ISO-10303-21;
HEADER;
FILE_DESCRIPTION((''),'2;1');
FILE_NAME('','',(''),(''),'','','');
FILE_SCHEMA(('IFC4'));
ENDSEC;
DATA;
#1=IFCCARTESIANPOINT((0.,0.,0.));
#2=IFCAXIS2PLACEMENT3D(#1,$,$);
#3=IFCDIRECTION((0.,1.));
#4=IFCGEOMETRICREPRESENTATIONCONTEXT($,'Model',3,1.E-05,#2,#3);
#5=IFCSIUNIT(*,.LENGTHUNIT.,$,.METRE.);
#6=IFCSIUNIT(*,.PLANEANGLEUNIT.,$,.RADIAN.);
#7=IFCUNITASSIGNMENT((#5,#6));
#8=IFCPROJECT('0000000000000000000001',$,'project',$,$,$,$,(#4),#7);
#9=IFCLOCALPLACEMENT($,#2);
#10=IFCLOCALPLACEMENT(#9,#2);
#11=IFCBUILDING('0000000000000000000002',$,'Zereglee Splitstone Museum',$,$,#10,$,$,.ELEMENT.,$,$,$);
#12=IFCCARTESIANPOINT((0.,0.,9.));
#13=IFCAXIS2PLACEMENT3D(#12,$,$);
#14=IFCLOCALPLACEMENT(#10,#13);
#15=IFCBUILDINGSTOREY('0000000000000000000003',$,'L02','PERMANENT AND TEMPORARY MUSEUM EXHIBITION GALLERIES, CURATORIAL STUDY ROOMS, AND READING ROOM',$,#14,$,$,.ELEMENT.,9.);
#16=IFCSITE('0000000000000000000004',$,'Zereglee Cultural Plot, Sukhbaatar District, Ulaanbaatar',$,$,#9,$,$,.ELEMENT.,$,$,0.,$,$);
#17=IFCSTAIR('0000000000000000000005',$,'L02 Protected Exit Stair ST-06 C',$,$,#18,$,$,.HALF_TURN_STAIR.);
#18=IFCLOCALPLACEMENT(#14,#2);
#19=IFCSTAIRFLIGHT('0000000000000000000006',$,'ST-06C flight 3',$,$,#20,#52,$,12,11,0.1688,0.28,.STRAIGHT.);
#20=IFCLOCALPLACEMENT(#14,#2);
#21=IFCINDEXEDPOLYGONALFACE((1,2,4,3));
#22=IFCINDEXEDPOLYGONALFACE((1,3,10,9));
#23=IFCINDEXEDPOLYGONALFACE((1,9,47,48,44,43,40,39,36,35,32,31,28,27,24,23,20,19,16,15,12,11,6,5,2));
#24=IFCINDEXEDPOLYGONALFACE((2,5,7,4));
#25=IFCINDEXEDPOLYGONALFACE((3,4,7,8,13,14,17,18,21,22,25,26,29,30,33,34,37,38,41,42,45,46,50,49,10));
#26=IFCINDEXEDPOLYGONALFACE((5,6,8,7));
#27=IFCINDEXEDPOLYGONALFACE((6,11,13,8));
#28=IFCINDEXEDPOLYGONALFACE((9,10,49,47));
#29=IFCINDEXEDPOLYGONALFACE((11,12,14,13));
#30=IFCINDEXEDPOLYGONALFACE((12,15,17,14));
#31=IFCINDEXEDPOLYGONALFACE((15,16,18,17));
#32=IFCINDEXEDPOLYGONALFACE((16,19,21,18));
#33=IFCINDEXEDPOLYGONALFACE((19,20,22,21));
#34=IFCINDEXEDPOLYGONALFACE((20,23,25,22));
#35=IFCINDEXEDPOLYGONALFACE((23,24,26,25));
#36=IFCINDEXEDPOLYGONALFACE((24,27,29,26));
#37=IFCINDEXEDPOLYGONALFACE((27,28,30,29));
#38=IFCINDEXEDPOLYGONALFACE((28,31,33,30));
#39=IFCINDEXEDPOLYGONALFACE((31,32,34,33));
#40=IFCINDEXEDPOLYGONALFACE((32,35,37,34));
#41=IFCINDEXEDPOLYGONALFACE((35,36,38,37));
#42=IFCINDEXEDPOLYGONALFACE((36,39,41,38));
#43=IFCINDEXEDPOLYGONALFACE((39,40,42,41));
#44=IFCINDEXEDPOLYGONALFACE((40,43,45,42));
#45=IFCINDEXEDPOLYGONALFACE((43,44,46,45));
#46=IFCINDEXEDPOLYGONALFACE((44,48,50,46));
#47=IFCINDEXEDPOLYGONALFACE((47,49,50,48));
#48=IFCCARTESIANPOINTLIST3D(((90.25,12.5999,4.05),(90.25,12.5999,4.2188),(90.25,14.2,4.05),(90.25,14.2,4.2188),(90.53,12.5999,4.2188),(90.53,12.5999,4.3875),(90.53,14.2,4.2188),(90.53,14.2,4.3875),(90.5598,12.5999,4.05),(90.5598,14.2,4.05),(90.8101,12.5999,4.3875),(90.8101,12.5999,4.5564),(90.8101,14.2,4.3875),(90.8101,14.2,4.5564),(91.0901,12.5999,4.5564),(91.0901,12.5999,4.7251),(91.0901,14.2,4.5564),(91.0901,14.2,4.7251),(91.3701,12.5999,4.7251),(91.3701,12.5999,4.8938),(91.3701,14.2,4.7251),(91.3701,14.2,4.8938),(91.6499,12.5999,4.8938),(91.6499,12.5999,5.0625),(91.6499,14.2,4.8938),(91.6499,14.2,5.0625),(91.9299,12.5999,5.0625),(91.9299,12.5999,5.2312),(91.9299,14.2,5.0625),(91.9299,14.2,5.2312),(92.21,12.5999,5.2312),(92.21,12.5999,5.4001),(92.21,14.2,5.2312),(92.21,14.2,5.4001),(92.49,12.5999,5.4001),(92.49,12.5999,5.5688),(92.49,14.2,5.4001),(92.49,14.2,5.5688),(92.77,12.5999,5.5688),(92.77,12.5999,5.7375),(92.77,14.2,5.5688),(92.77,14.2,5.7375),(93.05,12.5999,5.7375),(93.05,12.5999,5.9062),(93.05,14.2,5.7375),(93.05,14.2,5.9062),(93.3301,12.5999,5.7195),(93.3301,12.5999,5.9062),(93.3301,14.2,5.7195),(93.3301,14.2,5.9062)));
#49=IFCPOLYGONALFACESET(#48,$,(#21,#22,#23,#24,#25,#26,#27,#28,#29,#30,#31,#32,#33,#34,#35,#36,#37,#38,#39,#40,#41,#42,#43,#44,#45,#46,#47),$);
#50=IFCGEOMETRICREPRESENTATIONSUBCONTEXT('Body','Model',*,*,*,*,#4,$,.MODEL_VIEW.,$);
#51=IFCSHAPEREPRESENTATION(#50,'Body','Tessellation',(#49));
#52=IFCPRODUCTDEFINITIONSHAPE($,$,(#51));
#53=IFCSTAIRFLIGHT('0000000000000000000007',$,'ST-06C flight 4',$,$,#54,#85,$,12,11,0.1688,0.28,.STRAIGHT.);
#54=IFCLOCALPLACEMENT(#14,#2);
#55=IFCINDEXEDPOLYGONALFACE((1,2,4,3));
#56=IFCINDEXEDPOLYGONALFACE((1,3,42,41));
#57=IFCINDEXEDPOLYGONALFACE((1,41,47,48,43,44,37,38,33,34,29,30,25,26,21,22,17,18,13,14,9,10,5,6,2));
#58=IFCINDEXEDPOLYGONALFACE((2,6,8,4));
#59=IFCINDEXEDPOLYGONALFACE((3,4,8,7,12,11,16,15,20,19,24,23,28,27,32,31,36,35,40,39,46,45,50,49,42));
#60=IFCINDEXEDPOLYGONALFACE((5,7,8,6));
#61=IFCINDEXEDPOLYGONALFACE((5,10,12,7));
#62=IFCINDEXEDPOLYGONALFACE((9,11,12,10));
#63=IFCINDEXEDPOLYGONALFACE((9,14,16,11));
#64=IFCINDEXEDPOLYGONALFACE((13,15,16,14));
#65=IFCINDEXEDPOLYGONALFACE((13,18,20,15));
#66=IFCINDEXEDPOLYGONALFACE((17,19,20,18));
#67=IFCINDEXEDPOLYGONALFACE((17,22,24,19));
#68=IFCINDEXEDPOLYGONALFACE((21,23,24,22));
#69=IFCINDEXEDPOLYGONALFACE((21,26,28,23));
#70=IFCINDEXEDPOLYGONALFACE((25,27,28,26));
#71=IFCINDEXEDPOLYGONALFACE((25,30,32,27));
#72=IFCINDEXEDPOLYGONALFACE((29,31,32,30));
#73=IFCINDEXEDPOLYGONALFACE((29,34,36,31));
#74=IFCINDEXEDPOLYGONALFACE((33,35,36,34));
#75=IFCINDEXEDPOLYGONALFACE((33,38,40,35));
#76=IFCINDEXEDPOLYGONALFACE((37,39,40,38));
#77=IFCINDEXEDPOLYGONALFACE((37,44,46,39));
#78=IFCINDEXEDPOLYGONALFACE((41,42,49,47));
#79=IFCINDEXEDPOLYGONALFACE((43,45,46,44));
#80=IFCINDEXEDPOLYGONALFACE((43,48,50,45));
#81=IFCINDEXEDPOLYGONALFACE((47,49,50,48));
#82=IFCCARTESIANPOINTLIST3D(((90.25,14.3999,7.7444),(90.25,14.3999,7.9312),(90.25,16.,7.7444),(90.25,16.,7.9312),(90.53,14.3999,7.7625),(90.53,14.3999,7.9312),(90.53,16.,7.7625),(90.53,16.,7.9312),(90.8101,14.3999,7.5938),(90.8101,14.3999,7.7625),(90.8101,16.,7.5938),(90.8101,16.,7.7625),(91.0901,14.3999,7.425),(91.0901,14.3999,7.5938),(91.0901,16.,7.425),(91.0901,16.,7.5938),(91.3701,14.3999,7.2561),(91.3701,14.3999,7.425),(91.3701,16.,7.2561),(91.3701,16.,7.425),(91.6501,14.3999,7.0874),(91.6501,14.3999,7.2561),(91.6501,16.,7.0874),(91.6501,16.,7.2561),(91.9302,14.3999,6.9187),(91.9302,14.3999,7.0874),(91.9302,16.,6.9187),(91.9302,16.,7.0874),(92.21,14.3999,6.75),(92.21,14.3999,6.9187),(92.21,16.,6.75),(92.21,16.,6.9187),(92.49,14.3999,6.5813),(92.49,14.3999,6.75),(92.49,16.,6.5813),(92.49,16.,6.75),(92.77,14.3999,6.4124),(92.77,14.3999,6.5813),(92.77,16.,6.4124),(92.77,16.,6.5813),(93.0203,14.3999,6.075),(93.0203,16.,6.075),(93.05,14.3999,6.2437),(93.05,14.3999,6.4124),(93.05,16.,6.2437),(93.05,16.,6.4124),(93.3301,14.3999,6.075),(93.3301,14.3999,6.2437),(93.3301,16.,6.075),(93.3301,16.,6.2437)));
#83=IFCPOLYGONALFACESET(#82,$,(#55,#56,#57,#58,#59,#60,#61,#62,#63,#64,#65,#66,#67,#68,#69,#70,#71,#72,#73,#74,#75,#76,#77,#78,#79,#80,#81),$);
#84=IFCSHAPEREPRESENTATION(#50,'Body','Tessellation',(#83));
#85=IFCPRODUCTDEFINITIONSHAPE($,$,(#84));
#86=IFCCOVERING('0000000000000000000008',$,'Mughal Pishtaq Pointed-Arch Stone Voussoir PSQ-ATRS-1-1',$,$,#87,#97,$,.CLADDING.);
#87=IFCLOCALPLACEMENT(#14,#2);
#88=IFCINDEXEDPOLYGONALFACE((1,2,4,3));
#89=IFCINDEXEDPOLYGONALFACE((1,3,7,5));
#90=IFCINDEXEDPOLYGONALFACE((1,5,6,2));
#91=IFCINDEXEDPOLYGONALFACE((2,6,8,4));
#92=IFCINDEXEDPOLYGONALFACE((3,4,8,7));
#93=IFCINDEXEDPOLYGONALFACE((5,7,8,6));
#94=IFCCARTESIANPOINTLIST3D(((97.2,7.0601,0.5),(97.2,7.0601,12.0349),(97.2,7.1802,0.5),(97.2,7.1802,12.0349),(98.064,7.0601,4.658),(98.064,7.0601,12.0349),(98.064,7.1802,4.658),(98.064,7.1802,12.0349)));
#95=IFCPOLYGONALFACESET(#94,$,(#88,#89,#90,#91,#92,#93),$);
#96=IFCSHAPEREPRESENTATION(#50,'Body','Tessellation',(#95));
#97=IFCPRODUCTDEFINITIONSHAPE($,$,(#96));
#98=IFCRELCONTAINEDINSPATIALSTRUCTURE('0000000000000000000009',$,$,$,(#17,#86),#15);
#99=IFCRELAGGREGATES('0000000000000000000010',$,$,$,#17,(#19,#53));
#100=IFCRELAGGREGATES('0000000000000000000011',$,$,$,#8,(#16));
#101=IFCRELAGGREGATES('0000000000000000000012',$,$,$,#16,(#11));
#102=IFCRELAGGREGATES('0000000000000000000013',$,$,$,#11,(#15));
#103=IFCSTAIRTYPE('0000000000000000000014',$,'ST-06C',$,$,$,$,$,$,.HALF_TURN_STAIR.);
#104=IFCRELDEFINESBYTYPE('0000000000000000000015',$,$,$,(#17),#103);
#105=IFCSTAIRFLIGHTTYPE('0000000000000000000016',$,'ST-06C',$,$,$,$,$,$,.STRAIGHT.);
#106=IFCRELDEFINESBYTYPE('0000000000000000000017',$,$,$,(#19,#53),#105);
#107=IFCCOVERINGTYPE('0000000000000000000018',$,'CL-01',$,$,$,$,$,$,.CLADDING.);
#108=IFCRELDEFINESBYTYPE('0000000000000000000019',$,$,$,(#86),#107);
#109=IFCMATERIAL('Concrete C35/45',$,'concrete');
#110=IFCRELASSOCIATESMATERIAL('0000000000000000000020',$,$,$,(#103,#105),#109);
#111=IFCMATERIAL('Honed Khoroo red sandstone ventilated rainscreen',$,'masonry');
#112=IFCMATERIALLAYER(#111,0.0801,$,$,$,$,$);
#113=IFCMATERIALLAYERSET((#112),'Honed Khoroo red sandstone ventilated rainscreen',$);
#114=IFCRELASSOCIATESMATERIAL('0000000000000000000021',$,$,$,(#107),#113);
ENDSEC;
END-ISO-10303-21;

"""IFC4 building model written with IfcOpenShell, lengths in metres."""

from ifc_helpers import new_model, si_unit, direction, frame, origin, place, context, subcontext, project, spatial, polyline, outline, extrude, material, layer, layer_set, type_object, element, aggregate, save


model = new_model("IFC4")

# Units and contexts
model_context = context("Model", 3, precision=1e-05, world=origin(), true_north=direction((0.0, 1.0)))
body_context = subcontext(model_context, "Body", "Model", "MODEL_VIEW")
ifc_project = project(units=[si_unit("LENGTHUNIT", "METRE"), si_unit("PLANEANGLEUNIT", "RADIAN")], contexts=[model_context])

# Site, building, storey
site_placement = place(None, origin())
site = spatial("IfcSite", under=ifc_project, at=site_placement, Name="Zereglee Cultural Plot, Sukhbaatar District, Ulaanbaatar", CompositionType="ELEMENT", RefElevation=0.0)
building_placement = place(site_placement, origin())
building = spatial("IfcBuilding", under=site, at=building_placement, Name="Zereglee Splitstone Museum", CompositionType="ELEMENT")
storey_placement = place(building_placement, frame((0.0, 0.0, 9.0)))
storey = spatial("IfcBuildingStorey", under=building, at=storey_placement, Name="L02", Description="PERMANENT AND TEMPORARY MUSEUM EXHIBITION GALLERIES, CURATORIAL STUDY ROOMS, AND READING ROOM", CompositionType="ELEMENT", Elevation=9.0)

# Stair, stair flights
ifc_material_1 = material(Name="Concrete C35/45", Category="concrete")
stair_type = type_object("IfcStairType", Name="ST-06C", PredefinedType="HALF_TURN_STAIR", material=ifc_material_1)
stair_placement = place(storey_placement, origin())
stair = element("IfcStair", 1, at=stair_placement, inside=storey, type_object=stair_type, Name="L02 Protected Exit Stair ST-06 C", PredefinedType="HALF_TURN_STAIR")
stair_flight_type = type_object("IfcStairFlightType", Name="ST-06C", PredefinedType="STRAIGHT", material=ifc_material_1)
stair_flight_1_placement = place(storey_placement, frame((90.25, 13.3999, 4.05), z_axis=(0.0, 0.0, 1.0), x_axis=(1.0, 0.0, 0.0)))
stair_flight_1 = element("IfcStairFlight", 2, at=stair_flight_1_placement, type_object=stair_flight_type, Name="ST-06C flight 3", NumberOfRisers=12, NumberOfTreads=11, PredefinedType="STRAIGHT", RiserHeight=0.1688, TreadLength=0.28, context=body_context, shape_type="SweptSolid", body=[
    extrude(outline(polyline([(0.0, 0.0), (0.0, 0.1687), (0.28, 0.1687), (0.28, 0.3374), (0.5601, 0.3374), (0.5601, 0.5063), (0.8401, 0.5063), (0.8401, 0.675), (1.1201, 0.675), (1.1201, 0.8438), (1.3999, 0.8438), (1.3999, 1.0125), (1.6799, 1.0125), (1.6799, 1.1812), (1.96, 1.1812), (1.96, 1.3501), (2.24, 1.3501), (2.24, 1.5188), (2.52, 1.5188), (2.52, 1.6875), (2.8, 1.6875), (2.8, 1.8562), (3.0801, 1.8562), (3.0801, 2.0249), (3.0801, 1.6694), (0.3098, 0.0), (0.0, 0.0)])), frame((0.0, 0.8, 0.0), z_axis=(0.0, -1.0, 0.0), x_axis=(1.0, 0.0, 0.0)), (0.0, 0.0, 1.0), 1.6001),
])
stair_flight_2_placement = place(storey_placement, frame((93.3301, 15.2, 6.075), z_axis=(0.0, 0.0, 1.0), x_axis=(-1.0, 0.0, 0.0)))
stair_flight_2 = element("IfcStairFlight", 3, at=stair_flight_2_placement, type_object=stair_flight_type, Name="ST-06C flight 4", NumberOfRisers=12, NumberOfTreads=11, PredefinedType="STRAIGHT", RiserHeight=0.1688, TreadLength=0.28, context=body_context, shape_type="SweptSolid", body=[
    extrude(outline(polyline([(0.0, 0.0), (0.0, 0.1687), (0.28, 0.1687), (0.28, 0.3374), (0.5601, 0.3374), (0.5601, 0.5063), (0.8401, 0.5063), (0.8401, 0.675), (1.1201, 0.675), (1.1201, 0.8438), (1.3999, 0.8438), (1.3999, 1.0125), (1.6799, 1.0125), (1.6799, 1.1812), (1.96, 1.1812), (1.96, 1.3501), (2.24, 1.3501), (2.24, 1.5188), (2.52, 1.5188), (2.52, 1.6875), (2.8, 1.6875), (2.8, 1.8562), (3.0801, 1.8562), (3.0801, 2.0249), (3.0801, 1.6694), (0.3098, 0.0), (0.0, 0.0)])), frame((0.0, 0.8, 0.0), z_axis=(0.0, -1.0, 0.0), x_axis=(1.0, 0.0, 0.0)), (0.0, 0.0, 1.0), 1.6001),
])
aggregate(stair, [stair_flight_1, stair_flight_2])

# Covering
ifc_material_2 = material(Name="Honed Khoroo red sandstone ventilated rainscreen", Category="masonry")
ifc_layer_1 = layer(ifc_material_2, 0.0801)
ifc_layer_set_1 = layer_set([ifc_layer_1], Name="Honed Khoroo red sandstone ventilated rainscreen")
covering_type = type_object("IfcCoveringType", Name="CL-01", PredefinedType="CLADDING", material=ifc_layer_set_1)
covering_placement = place(storey_placement, frame((97.2, 7.0601, 0.5), z_axis=(0.0, -1.0, 0.0), x_axis=(0.203451, 0.0, 0.979085)))
element("IfcCovering", 4, at=covering_placement, inside=storey, type_object=covering_type, Name="Mughal Pishtaq Pointed-Arch Stone Voussoir PSQ-ATRS-1-1", PredefinedType="CLADDING", context=body_context, shape_type="SweptSolid", body=[
    extrude(outline(polyline([(0.0, 0.0), (4.2468, 0.0), (11.4694, 1.5009), (11.2937, 2.3468), (0.0, 0.0)])), origin(), (0.0, 0.0, -1.0), 0.1201),
])

save(model, "model.ifc")
